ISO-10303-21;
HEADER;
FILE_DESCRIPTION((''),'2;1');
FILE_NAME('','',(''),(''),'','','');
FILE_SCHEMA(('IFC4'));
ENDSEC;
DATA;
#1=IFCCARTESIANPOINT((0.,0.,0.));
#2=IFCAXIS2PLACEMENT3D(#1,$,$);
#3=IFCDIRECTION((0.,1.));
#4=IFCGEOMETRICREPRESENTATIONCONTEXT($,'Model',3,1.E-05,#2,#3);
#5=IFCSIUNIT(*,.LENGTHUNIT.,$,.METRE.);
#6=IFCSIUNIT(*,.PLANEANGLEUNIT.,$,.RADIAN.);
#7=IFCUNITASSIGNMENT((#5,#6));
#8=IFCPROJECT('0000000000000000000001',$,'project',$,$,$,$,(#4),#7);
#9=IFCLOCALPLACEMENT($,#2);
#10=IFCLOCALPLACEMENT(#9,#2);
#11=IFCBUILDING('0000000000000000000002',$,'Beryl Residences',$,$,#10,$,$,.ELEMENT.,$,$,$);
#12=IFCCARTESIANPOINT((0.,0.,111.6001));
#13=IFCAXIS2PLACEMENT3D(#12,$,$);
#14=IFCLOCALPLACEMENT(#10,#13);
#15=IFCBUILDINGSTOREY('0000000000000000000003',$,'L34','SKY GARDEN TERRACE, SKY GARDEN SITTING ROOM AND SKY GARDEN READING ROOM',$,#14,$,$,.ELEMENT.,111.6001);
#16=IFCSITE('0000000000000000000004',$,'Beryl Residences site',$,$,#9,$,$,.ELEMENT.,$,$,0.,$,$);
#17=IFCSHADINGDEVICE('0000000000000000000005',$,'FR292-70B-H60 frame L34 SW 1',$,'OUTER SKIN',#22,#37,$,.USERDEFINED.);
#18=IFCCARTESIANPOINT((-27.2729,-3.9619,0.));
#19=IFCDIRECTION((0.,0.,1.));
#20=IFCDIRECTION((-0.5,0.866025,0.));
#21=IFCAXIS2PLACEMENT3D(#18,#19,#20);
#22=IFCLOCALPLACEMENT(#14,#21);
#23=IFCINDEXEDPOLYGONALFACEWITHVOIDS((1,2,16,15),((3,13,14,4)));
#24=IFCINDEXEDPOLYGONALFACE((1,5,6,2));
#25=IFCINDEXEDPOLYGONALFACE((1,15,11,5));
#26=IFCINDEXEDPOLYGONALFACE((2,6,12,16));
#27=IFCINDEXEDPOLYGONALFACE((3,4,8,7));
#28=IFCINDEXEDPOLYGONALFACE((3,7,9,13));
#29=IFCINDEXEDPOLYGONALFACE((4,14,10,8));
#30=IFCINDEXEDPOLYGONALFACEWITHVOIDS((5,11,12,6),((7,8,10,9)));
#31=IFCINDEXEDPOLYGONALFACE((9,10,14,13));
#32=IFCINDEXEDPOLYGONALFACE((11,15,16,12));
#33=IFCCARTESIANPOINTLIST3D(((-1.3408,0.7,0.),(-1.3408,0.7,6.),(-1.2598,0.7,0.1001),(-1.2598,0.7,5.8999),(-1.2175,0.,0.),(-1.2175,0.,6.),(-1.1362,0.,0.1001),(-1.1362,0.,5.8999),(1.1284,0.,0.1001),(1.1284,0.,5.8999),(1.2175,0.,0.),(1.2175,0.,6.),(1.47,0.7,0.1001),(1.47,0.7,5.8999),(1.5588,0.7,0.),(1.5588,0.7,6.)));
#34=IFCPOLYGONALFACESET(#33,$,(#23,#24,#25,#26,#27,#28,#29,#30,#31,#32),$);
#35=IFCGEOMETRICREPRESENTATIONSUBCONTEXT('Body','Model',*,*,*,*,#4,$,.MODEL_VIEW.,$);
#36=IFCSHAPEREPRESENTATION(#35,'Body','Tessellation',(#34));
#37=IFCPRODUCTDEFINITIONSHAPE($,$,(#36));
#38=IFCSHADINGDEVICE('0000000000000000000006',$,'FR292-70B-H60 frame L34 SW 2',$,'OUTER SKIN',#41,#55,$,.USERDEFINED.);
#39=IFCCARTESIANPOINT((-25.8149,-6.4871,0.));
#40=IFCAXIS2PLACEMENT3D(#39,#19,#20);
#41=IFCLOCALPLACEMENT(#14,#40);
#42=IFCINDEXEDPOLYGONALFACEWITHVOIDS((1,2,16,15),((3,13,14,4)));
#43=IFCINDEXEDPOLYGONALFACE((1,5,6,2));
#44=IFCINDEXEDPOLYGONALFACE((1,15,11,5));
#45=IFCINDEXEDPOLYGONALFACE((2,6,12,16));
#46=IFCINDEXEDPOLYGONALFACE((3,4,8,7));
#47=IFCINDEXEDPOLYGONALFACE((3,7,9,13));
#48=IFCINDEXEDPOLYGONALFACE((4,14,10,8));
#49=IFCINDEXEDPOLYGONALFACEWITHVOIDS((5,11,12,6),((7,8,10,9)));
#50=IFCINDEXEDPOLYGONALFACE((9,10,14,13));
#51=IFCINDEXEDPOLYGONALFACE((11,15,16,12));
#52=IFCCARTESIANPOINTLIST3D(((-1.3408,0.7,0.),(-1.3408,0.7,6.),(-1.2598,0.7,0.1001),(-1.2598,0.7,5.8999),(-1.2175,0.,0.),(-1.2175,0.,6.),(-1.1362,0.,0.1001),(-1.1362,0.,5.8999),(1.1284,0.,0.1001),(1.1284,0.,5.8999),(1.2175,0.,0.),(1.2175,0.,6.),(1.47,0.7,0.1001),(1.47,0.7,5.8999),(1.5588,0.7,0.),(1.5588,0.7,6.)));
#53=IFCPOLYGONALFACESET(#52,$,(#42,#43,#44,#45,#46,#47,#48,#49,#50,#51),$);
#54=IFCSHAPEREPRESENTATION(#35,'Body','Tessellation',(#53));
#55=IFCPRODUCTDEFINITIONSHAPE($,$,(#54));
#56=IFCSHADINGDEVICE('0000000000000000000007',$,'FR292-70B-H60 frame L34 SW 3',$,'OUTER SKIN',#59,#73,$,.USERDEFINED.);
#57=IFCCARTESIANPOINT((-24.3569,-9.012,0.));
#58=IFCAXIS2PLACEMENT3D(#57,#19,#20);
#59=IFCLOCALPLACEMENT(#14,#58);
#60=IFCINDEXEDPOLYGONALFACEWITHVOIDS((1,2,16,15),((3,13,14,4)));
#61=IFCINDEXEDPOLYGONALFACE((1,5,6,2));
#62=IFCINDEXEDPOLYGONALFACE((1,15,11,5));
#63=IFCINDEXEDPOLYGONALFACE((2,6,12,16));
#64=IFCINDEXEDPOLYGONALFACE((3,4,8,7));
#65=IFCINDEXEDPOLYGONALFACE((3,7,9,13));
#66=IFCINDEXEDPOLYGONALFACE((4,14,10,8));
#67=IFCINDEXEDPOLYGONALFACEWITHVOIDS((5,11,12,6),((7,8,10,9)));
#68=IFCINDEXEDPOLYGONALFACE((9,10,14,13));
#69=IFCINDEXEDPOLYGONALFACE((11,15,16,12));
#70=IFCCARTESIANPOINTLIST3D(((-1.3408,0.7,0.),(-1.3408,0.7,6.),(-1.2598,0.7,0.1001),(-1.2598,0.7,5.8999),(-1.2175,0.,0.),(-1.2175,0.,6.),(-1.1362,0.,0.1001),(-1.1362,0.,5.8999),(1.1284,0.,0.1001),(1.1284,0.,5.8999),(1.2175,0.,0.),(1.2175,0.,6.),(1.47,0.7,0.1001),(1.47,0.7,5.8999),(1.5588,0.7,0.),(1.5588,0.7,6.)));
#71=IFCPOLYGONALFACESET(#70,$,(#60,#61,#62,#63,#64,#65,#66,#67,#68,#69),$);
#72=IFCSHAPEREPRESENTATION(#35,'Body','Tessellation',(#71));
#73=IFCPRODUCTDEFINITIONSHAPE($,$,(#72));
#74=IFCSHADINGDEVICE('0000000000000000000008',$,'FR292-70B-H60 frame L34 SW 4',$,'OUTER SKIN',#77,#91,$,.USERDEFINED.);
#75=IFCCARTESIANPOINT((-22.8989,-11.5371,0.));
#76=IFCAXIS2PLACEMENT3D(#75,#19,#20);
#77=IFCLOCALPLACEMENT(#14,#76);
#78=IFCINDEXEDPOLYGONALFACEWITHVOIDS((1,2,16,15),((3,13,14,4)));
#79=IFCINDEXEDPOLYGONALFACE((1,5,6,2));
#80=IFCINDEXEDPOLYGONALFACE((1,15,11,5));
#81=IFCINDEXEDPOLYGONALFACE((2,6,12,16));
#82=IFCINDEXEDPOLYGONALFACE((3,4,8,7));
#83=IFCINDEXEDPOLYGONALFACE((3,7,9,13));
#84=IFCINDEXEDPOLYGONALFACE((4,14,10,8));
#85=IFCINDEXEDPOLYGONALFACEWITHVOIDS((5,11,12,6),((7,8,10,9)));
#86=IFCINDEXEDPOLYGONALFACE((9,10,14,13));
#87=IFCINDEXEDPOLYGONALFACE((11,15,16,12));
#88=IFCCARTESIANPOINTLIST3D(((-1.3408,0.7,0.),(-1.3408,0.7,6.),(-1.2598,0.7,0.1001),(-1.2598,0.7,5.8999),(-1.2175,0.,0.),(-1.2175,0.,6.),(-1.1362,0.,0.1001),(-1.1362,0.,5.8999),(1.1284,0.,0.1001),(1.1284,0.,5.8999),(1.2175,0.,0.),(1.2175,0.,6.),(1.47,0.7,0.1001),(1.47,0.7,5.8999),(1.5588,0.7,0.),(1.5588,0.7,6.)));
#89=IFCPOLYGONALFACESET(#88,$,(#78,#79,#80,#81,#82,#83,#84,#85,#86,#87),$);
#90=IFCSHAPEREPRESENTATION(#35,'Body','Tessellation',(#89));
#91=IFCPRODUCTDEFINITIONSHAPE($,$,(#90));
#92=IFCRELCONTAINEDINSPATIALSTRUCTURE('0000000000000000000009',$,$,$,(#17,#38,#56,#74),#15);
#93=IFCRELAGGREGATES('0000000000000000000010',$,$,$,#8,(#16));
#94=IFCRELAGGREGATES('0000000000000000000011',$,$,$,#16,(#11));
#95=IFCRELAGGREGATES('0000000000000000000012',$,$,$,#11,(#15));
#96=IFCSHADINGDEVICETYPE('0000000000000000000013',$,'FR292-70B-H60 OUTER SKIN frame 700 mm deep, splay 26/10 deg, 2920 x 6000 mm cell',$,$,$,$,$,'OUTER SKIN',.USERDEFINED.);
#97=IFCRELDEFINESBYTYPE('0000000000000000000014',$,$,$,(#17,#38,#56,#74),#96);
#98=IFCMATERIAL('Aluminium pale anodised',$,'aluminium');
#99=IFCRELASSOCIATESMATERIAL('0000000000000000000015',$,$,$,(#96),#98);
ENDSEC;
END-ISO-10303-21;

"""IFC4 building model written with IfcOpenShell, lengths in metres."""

from ifc_helpers import new_model, entity, si_unit, direction, frame, origin, place, context, subcontext, project, spatial, source, transform, mapped, material, type_object, type_shapes, element, save


model = new_model("IFC4")

# Units and contexts
model_context = context("Model", 3, precision=1e-05, world=origin(), true_north=direction((0.0, 1.0)))
body_context = subcontext(model_context, "Body", "Model", "MODEL_VIEW")
ifc_project = project(units=[si_unit("LENGTHUNIT", "METRE"), si_unit("PLANEANGLEUNIT", "RADIAN")], contexts=[model_context])

# Site, building, storey
site_placement = place(None, origin())
site = spatial("IfcSite", under=ifc_project, at=site_placement, Name="Beryl Residences site", CompositionType="ELEMENT", RefElevation=0.0)
building_placement = place(site_placement, origin())
building = spatial("IfcBuilding", under=site, at=building_placement, Name="Beryl Residences", CompositionType="ELEMENT")
storey_placement = place(building_placement, frame((0.0, 0.0, 111.6001)))
storey = spatial("IfcBuildingStorey", under=building, at=storey_placement, Name="L34", Description="SKY GARDEN TERRACE, SKY GARDEN SITTING ROOM AND SKY GARDEN READING ROOM", CompositionType="ELEMENT", Elevation=111.6001)

# Shading devices
ifc_material_1 = material(Name="Aluminium pale anodised", Category="aluminium")
shading_device_type = type_object("IfcShadingDeviceType", Name="FR292-70B-H60 OUTER SKIN frame 700 mm deep, splay 26/10 deg, 2920 x 6000 mm cell", ElementType="OUTER SKIN", PredefinedType="USERDEFINED", material=ifc_material_1)
cartesian_point_1 = entity("IfcCartesianPoint", [-1.2175, 0.0])
cartesian_point_2 = entity("IfcCartesianPoint", [-1.1284, 0.1001])
cartesian_point_3 = entity("IfcCartesianPoint", [-1.5588, 0.0])
cartesian_point_4 = entity("IfcCartesianPoint", [-1.47, 0.1001])
shared_shape_1 = source(origin(), body_context, "Body", "SweptSolid", [
    entity("IfcExtrudedAreaSolidTapered", entity("IfcArbitraryProfileDefWithVoids", "AREA", None, entity("IfcPolyline", [cartesian_point_1, entity("IfcCartesianPoint", [1.2175, 0.0]), entity("IfcCartesianPoint", [1.2175, 6.0]), entity("IfcCartesianPoint", [-1.2175, 6.0]), cartesian_point_1]), [entity("IfcPolyline", [cartesian_point_2, entity("IfcCartesianPoint", [1.1362, 0.1001]), entity("IfcCartesianPoint", [1.1362, 5.8999]), entity("IfcCartesianPoint", [-1.1284, 5.8999]), cartesian_point_2])]), entity("IfcAxis2Placement3D", entity("IfcCartesianPoint", [0.0, 0.0, 0.0]), entity("IfcDirection", [0.0, 1.0, 0.0]), entity("IfcDirection", [-1.0, 0.0, 0.0])), entity("IfcDirection", [0.0, 0.0, 1.0]), 0.7, entity("IfcArbitraryProfileDefWithVoids", "AREA", None, entity("IfcPolyline", [cartesian_point_3, entity("IfcCartesianPoint", [1.3408, 0.0]), entity("IfcCartesianPoint", [1.3408, 6.0]), entity("IfcCartesianPoint", [-1.5588, 6.0]), cartesian_point_3]), [entity("IfcPolyline", [cartesian_point_4, entity("IfcCartesianPoint", [1.2598, 0.1001]), entity("IfcCartesianPoint", [1.2598, 5.8999]), entity("IfcCartesianPoint", [-1.47, 5.8999]), cartesian_point_4])])),
])
type_shapes(shading_device_type, [shared_shape_1])
for number, where, z_axis, x_axis, name in (
    (1, (-27.2729, -3.9619, 0.0), (0.0, 0.0, 1.0), (-0.5, 0.866025, 0.0), "FR292-70B-H60 frame L34 SW 1"),
    (2, (-25.8149, -6.4871, 0.0), (0.0, 0.0, 1.0), (-0.5, 0.866025, 0.0), "FR292-70B-H60 frame L34 SW 2"),
    (3, (-24.3569, -9.012, 0.0), (0.0, 0.0, 1.0), (-0.5, 0.866025, 0.0), "FR292-70B-H60 frame L34 SW 3"),
    (4, (-22.8989, -11.5371, 0.0), (0.0, 0.0, 1.0), (-0.5, 0.866025, 0.0), "FR292-70B-H60 frame L34 SW 4"),
):
    element("IfcShadingDevice", number, at=place(storey_placement, frame(where, z_axis=z_axis, x_axis=x_axis)), inside=storey, type_object=shading_device_type, Name=name, ObjectType="OUTER SKIN", PredefinedType="USERDEFINED", context=body_context, shape_type="MappedRepresentation", body=[
        mapped(shared_shape_1, transform((0.0, 0.0, 0.0))),
    ])

save(model, "model.ifc")
